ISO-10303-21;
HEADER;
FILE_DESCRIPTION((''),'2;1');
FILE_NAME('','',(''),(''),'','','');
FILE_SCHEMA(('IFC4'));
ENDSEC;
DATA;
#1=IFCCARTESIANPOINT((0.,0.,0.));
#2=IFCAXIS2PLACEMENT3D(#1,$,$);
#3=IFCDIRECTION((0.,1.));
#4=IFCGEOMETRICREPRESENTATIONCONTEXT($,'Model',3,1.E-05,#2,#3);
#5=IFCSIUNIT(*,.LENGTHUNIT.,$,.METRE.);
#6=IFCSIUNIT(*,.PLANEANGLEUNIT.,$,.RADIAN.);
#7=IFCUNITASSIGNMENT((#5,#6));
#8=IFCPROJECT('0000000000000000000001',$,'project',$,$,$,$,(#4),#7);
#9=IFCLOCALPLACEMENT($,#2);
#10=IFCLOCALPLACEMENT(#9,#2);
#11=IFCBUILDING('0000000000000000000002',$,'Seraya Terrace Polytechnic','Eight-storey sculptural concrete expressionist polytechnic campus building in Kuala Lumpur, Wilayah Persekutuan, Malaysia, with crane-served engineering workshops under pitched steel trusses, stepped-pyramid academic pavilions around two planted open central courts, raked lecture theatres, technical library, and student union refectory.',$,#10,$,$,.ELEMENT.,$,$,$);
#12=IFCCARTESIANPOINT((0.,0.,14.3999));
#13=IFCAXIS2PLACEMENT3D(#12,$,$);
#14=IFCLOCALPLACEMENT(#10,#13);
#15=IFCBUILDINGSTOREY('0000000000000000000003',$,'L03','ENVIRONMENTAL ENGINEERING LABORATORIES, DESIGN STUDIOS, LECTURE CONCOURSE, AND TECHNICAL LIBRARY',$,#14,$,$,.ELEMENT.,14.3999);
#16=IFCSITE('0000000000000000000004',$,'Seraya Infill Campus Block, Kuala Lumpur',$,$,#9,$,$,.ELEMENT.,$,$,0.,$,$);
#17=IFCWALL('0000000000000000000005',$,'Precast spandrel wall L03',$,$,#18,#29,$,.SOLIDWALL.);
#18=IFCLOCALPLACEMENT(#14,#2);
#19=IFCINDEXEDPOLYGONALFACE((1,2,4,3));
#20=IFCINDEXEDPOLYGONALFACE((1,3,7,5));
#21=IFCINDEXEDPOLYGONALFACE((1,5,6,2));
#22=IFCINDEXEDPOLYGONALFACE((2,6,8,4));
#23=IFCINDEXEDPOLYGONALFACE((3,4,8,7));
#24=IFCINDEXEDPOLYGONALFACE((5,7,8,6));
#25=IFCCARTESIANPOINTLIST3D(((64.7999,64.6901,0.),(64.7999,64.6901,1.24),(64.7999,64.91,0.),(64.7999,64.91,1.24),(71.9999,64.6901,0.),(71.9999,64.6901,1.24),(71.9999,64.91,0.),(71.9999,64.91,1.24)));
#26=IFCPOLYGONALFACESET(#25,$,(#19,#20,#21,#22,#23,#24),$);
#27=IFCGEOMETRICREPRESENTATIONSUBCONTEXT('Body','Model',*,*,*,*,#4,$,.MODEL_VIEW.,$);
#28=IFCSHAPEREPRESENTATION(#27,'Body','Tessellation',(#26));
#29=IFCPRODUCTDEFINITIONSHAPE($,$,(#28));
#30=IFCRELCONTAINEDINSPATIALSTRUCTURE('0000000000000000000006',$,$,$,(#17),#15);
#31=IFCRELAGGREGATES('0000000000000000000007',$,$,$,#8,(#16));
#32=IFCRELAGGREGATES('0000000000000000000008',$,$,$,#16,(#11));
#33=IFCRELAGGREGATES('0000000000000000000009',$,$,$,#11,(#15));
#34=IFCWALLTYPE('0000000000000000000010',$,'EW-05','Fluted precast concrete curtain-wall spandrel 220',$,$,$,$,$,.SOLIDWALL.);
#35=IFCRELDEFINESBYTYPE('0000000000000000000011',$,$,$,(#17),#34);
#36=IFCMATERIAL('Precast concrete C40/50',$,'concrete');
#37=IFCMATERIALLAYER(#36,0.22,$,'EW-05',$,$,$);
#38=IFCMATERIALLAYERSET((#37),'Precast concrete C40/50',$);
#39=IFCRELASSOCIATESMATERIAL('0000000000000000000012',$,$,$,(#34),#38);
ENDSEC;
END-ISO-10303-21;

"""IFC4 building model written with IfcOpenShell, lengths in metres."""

from ifc_helpers import new_model, si_unit, direction, frame, frame_2d, origin, place, context, subcontext, project, spatial, rectangle, extrude, material, layer, layer_set, type_object, element, save


model = new_model("IFC4")

# Units and contexts
model_context = context("Model", 3, precision=1e-05, world=origin(), true_north=direction((0.0, 1.0)))
body_context = subcontext(model_context, "Body", "Model", "MODEL_VIEW")
ifc_project = project(units=[si_unit("LENGTHUNIT", "METRE"), si_unit("PLANEANGLEUNIT", "RADIAN")], contexts=[model_context])

# Site, building, storey
site_placement = place(None, origin())
site = spatial("IfcSite", under=ifc_project, at=site_placement, Name="Seraya Infill Campus Block, Kuala Lumpur", CompositionType="ELEMENT", RefElevation=0.0)
building_placement = place(site_placement, origin())
building = spatial("IfcBuilding", under=site, at=building_placement, Name="Seraya Terrace Polytechnic", Description="Eight-storey sculptural concrete expressionist polytechnic campus building in Kuala Lumpur, Wilayah Persekutuan, Malaysia, with crane-served engineering workshops under pitched steel trusses, stepped-pyramid academic pavilions around two planted open central courts, raked lecture theatres, technical library, and student union refectory.", CompositionType="ELEMENT")
storey_placement = place(building_placement, frame((0.0, 0.0, 14.3999)))
storey = spatial("IfcBuildingStorey", under=building, at=storey_placement, Name="L03", Description="ENVIRONMENTAL ENGINEERING LABORATORIES, DESIGN STUDIOS, LECTURE CONCOURSE, AND TECHNICAL LIBRARY", CompositionType="ELEMENT", Elevation=14.3999)

# Wall
ifc_material_1 = material(Name="Precast concrete C40/50", Category="concrete")
ifc_layer_1 = layer(ifc_material_1, 0.22, Name="EW-05")
ifc_layer_set_1 = layer_set([ifc_layer_1], Name="Precast concrete C40/50")
wall_type = type_object("IfcWallType", Name="EW-05", Description="Fluted precast concrete curtain-wall spandrel 220", PredefinedType="SOLIDWALL", material=ifc_layer_set_1)
wall_1_placement = place(storey_placement, frame((72.0, 64.8, 0.0), z_axis=(0.0, 0.0, 1.0), x_axis=(-1.0, 0.0, 0.0)))
element("IfcWall", 1, at=wall_1_placement, inside=storey, type_object=wall_type, Name="Precast spandrel wall L03", PredefinedType="SOLIDWALL", context=body_context, shape_type="SweptSolid", body=[
    extrude(rectangle(XDim=7.2, YDim=0.22, at=frame_2d((3.6001, 0.0))), origin(), (0.0, 0.0, 1.0), 1.24),
])

save(model, "model.ifc")
